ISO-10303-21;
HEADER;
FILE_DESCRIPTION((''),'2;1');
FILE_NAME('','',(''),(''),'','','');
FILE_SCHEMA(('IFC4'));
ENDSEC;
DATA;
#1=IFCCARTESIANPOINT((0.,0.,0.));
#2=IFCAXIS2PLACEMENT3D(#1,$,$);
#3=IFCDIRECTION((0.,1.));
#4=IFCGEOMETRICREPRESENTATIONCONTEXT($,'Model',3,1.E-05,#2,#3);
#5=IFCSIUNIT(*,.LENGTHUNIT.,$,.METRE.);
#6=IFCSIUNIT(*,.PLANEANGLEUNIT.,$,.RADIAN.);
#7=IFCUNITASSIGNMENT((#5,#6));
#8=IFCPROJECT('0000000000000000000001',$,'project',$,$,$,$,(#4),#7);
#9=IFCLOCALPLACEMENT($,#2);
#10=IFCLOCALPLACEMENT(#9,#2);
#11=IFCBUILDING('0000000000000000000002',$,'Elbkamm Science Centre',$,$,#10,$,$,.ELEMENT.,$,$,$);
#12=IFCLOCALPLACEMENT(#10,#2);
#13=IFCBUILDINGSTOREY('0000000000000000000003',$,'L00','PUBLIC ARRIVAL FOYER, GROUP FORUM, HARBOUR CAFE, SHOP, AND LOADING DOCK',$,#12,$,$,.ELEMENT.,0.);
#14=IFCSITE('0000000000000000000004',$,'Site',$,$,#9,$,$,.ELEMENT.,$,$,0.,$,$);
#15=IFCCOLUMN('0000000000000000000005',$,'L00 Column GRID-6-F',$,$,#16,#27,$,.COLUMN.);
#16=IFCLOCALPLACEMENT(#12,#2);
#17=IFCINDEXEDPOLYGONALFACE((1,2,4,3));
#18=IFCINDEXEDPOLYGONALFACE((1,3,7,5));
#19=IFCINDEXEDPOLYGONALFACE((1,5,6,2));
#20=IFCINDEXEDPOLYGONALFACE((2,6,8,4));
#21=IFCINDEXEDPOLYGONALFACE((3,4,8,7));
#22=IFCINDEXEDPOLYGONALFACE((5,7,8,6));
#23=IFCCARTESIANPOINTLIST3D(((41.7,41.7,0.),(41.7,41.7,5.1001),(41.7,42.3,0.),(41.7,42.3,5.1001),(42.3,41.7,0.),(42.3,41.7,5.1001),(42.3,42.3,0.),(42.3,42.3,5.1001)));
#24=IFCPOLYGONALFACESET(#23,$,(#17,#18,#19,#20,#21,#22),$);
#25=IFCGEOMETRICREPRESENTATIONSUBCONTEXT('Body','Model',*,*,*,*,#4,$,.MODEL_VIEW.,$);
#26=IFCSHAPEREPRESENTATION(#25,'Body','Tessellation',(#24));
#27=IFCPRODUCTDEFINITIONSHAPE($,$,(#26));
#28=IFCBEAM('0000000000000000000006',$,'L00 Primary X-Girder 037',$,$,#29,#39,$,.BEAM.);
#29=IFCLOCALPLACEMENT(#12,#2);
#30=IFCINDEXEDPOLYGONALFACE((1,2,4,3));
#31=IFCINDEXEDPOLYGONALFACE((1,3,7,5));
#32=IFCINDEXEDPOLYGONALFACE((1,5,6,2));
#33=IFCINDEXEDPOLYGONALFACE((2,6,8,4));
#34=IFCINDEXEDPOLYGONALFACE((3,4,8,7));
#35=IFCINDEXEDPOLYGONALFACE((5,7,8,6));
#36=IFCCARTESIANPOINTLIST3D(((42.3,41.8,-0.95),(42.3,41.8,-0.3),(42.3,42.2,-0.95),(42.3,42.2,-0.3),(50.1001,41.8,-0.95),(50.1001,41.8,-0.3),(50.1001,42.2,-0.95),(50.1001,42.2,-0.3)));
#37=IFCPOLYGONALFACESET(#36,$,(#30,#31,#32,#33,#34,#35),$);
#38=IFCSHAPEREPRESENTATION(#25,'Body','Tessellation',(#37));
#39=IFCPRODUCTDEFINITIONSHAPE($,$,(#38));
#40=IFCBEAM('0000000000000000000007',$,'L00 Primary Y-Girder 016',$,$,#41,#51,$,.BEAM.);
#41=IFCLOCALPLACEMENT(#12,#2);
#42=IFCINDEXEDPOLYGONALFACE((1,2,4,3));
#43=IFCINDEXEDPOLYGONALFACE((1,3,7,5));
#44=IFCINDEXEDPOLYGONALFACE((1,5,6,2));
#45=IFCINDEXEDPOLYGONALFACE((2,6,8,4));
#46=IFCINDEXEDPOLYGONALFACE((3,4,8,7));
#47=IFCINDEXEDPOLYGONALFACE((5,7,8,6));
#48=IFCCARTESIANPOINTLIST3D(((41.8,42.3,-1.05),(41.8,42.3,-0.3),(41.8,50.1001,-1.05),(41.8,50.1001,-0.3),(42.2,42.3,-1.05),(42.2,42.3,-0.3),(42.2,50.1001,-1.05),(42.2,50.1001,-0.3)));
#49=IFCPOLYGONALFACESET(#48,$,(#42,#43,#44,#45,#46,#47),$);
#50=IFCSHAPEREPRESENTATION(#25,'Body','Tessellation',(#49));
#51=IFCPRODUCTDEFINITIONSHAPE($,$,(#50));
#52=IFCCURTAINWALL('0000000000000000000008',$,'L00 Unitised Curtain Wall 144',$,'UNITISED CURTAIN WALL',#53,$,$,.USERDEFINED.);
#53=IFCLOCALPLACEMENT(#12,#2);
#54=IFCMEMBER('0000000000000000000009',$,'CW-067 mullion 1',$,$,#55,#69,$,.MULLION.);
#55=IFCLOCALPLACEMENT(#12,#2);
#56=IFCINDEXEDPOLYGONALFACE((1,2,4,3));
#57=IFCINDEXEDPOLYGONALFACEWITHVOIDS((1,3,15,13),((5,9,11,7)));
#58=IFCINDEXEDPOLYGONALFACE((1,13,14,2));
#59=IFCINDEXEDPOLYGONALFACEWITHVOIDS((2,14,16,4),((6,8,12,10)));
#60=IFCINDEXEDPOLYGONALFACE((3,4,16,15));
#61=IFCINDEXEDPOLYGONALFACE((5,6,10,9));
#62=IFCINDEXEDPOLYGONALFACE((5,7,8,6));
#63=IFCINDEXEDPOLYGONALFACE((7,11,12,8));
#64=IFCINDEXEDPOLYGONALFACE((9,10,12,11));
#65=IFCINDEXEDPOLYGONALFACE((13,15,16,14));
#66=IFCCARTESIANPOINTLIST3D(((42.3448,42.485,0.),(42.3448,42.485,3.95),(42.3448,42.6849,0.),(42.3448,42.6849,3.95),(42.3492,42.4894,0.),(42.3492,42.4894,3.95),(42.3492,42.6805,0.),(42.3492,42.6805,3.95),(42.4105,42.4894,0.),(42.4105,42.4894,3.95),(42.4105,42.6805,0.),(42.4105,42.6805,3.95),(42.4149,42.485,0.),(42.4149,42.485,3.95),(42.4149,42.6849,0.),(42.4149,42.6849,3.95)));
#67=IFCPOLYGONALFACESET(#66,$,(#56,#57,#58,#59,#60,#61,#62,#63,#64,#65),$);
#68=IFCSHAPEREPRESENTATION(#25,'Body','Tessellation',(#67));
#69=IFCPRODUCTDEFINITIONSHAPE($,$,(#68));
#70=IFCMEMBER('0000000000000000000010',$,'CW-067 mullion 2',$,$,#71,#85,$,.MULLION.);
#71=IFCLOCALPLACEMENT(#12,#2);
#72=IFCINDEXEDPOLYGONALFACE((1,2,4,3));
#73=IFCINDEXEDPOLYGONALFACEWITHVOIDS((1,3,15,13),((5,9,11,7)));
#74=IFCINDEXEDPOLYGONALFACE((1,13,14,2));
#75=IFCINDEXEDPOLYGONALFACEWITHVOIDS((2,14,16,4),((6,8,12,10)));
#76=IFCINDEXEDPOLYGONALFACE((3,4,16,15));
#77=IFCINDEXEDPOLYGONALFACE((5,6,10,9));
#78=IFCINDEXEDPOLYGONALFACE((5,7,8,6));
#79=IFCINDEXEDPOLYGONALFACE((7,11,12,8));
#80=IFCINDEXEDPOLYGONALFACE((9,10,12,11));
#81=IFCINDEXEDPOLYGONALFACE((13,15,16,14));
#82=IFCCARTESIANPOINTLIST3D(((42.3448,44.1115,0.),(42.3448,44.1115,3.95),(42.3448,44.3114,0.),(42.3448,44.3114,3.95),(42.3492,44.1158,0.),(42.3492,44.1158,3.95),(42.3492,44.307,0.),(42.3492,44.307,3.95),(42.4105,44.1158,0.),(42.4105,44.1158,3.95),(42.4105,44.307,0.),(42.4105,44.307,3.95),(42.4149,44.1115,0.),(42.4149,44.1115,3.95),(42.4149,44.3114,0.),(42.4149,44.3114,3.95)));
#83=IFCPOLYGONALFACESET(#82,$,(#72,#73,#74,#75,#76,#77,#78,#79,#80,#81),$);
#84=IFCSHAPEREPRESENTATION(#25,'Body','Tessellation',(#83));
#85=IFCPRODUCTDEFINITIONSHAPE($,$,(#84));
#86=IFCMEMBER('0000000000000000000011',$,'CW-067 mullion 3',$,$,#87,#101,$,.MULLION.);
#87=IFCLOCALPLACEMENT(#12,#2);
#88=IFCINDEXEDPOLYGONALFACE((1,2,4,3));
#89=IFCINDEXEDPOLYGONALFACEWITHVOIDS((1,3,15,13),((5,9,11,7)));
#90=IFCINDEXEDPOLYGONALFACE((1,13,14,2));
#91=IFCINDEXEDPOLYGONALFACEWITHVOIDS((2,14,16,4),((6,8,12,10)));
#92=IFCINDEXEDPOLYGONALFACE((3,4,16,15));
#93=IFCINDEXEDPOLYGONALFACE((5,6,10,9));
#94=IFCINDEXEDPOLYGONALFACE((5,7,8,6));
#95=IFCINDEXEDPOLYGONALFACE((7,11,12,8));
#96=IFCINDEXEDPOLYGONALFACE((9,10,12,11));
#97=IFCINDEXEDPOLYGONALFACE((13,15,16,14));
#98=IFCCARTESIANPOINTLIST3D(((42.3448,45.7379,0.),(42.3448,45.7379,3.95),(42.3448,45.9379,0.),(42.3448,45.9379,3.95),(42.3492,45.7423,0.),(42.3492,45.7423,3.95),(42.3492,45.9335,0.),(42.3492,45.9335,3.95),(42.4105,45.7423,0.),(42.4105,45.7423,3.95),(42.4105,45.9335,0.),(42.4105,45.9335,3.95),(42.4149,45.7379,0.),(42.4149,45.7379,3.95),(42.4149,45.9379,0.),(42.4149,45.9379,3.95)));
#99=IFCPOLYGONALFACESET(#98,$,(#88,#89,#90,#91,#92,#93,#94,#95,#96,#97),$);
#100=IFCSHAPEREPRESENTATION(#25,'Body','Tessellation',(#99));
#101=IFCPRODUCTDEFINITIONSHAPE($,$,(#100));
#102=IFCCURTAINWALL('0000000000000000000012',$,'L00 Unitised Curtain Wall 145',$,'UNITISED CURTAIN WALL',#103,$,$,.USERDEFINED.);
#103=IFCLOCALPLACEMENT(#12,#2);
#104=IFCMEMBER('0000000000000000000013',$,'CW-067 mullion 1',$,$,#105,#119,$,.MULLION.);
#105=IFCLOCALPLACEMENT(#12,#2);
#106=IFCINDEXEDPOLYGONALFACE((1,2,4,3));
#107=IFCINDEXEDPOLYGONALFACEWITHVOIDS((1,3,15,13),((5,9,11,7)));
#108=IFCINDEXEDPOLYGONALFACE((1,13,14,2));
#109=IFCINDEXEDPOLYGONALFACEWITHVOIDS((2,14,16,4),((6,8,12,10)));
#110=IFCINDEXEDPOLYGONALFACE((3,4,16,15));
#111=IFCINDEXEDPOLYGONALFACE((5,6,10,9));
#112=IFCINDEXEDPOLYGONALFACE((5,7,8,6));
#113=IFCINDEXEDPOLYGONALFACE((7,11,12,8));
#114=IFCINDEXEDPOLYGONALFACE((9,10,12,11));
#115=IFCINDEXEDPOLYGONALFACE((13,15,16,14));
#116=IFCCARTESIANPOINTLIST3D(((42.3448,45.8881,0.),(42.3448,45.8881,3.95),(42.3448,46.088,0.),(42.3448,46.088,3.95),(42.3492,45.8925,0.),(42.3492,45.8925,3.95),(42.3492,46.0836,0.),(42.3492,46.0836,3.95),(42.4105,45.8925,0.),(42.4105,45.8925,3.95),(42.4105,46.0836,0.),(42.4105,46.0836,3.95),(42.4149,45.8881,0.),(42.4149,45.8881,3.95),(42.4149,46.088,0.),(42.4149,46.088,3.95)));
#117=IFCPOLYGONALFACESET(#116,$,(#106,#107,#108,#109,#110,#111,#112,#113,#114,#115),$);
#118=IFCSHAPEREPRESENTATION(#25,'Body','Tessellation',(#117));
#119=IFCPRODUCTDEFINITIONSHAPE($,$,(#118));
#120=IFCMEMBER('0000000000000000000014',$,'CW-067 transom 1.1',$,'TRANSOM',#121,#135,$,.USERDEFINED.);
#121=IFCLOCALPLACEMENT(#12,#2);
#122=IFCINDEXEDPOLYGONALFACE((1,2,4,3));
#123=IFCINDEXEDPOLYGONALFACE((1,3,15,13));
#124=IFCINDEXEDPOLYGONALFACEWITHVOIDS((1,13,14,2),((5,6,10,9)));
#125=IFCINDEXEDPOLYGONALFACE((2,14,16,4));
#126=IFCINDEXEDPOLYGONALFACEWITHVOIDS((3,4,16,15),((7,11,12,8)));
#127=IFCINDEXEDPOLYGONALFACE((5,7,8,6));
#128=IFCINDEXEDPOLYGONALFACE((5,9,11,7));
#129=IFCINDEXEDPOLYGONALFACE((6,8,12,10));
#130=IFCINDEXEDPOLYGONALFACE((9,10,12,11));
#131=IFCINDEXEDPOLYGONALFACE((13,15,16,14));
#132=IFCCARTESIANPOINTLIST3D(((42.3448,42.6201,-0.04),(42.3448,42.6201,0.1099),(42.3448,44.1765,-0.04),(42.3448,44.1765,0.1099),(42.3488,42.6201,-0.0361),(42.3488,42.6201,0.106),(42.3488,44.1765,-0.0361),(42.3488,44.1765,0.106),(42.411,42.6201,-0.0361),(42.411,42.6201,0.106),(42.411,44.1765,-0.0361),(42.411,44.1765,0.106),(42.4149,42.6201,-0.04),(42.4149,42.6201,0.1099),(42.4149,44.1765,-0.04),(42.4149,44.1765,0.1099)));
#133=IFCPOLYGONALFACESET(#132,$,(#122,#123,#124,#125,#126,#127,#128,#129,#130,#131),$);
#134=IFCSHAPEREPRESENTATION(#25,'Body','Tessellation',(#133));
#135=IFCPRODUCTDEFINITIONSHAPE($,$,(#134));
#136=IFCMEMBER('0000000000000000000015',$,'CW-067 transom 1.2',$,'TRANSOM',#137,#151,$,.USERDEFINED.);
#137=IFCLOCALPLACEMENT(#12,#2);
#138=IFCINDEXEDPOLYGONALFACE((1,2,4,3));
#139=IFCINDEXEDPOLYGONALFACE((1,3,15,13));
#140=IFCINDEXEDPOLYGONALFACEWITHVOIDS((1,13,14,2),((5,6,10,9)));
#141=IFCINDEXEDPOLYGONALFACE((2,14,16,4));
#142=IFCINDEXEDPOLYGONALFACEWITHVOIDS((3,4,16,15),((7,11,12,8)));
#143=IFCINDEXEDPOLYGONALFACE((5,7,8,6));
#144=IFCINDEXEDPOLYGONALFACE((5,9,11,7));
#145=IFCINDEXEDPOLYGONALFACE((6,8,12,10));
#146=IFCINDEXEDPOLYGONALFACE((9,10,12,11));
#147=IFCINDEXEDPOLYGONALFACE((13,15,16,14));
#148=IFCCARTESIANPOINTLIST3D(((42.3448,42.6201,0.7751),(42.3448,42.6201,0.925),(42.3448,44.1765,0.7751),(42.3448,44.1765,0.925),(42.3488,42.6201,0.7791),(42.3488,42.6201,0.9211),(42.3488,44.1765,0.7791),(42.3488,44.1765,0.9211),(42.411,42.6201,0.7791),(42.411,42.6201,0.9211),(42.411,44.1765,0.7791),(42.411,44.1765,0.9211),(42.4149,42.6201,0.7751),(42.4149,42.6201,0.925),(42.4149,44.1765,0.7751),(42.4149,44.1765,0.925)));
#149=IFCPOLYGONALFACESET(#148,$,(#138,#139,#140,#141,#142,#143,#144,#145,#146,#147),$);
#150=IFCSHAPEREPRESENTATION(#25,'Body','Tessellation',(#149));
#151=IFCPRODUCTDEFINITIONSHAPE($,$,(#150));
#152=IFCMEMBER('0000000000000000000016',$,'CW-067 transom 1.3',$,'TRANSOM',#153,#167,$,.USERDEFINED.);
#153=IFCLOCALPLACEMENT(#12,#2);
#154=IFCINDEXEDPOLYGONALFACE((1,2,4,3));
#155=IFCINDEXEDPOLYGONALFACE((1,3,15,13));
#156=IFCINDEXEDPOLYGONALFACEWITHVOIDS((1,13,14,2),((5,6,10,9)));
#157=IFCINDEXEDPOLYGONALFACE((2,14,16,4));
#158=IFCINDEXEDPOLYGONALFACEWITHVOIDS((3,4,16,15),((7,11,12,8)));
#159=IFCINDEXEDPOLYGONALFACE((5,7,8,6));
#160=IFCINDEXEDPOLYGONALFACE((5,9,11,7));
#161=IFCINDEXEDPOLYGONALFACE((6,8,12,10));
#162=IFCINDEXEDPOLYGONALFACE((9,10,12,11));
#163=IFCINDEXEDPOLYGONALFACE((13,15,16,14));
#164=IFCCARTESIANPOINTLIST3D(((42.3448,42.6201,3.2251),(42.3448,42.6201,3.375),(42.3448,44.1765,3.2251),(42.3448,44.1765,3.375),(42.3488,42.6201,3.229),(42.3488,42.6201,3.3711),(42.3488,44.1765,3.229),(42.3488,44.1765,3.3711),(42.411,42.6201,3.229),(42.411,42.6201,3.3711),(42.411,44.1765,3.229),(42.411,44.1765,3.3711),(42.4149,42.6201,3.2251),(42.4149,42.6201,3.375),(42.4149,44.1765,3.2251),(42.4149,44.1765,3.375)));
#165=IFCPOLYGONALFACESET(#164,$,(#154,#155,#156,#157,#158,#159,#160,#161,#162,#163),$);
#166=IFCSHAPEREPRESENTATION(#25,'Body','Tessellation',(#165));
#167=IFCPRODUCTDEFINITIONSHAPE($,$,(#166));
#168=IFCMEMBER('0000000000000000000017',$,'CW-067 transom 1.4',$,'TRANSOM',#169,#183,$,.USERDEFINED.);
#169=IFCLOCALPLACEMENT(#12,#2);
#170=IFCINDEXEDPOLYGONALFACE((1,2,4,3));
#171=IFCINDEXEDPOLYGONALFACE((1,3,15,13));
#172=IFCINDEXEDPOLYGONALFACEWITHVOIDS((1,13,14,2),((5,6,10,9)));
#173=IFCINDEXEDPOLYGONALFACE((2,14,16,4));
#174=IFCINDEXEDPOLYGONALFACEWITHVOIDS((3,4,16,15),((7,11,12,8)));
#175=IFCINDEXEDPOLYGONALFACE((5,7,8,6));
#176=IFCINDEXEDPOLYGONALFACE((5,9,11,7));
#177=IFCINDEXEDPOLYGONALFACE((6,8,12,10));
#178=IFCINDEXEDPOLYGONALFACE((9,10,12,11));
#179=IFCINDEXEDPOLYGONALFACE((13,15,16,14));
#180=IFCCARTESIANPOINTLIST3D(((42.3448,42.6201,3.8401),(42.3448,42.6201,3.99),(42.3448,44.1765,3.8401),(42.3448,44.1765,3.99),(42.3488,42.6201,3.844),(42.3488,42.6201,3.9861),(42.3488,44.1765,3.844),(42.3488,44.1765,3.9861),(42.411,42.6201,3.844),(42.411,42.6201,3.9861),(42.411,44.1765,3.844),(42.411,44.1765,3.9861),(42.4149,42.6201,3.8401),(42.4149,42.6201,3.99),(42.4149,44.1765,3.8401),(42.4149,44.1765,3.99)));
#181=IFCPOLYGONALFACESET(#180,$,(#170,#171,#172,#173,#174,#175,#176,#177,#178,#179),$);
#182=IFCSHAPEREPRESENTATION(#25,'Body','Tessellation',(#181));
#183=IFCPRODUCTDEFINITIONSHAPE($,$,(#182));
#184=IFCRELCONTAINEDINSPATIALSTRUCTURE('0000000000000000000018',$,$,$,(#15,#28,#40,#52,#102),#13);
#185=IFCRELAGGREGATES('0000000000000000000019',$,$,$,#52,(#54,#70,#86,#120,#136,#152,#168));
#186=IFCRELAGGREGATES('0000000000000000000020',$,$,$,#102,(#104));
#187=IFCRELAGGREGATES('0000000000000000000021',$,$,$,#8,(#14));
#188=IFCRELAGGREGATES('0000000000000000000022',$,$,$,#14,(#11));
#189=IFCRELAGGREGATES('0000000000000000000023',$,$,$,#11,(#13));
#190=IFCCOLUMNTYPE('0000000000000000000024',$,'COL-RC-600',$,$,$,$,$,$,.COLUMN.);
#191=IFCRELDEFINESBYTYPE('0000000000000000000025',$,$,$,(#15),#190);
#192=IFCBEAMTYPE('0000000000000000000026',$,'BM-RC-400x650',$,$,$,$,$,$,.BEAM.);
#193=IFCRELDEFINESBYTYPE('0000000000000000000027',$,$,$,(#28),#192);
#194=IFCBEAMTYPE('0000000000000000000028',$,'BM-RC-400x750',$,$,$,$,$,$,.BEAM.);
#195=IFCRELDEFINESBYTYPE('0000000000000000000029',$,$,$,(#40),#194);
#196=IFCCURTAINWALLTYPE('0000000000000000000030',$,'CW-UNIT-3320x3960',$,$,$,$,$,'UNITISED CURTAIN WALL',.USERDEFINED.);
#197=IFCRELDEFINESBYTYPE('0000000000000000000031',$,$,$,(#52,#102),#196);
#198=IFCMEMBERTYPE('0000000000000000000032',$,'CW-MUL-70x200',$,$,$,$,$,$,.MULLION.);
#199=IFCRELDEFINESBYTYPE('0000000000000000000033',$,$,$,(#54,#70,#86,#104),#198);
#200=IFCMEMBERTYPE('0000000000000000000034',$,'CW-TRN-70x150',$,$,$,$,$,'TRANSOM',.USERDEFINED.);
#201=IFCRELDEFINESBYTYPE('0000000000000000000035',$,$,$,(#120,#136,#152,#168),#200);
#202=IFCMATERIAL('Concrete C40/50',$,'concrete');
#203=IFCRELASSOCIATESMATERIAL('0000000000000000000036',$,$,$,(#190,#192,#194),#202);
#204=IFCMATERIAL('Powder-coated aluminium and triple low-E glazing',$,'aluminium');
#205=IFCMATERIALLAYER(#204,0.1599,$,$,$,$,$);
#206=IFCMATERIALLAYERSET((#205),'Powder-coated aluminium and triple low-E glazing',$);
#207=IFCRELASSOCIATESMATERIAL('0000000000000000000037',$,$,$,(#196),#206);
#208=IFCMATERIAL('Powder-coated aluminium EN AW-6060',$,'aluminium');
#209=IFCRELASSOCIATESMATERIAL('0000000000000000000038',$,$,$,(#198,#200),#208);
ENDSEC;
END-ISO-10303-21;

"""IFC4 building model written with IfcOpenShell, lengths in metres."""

from ifc_helpers import new_model, si_unit, direction, frame, origin, origin_2d, place, context, subcontext, project, spatial, rectangle, hollow_rectangle, extrude, material, layer, layer_set, material_profile, profile_set, type_object, element, aggregate, save


model = new_model("IFC4")

# Units and contexts
model_context = context("Model", 3, precision=1e-05, world=origin(), true_north=direction((0.0, 1.0)))
body_context = subcontext(model_context, "Body", "Model", "MODEL_VIEW")
ifc_project = project(units=[si_unit("LENGTHUNIT", "METRE"), si_unit("PLANEANGLEUNIT", "RADIAN")], contexts=[model_context])

# Site, building, storey
site_placement = place(None, origin())
site = spatial("IfcSite", under=ifc_project, at=site_placement, Name="Site", CompositionType="ELEMENT", RefElevation=0.0)
building_placement = place(site_placement, origin())
building = spatial("IfcBuilding", under=site, at=building_placement, Name="Elbkamm Science Centre", CompositionType="ELEMENT")
storey_placement = place(building_placement, origin())
storey = spatial("IfcBuildingStorey", under=building, at=storey_placement, Name="L00", Description="PUBLIC ARRIVAL FOYER, GROUP FORUM, HARBOUR CAFE, SHOP, AND LOADING DOCK", CompositionType="ELEMENT", Elevation=0.0)

# Column
ifc_material_1 = material(Name="Concrete C40/50", Category="concrete")
ifc_material_profile_1 = material_profile(ifc_material_1, rectangle(XDim=0.6001, YDim=0.6001, at=origin_2d()), Name="RC 600x600")
ifc_profile_set_1 = profile_set([ifc_material_profile_1], Name="Concrete C40/50")
column_type = type_object("IfcColumnType", Name="COL-RC-600", PredefinedType="COLUMN", material=ifc_profile_set_1)
column_placement = place(storey_placement, frame((42.0, 42.0, 0.0), z_axis=(0.0, 0.0, 1.0), x_axis=(1.0, 0.0, 0.0)))
element("IfcColumn", 1, at=column_placement, inside=storey, type_object=column_type, Name="L00 Column GRID-6-F", PredefinedType="COLUMN", context=body_context, shape_type="SweptSolid", body=[
    extrude(rectangle(XDim=0.6001, YDim=0.6001, at=origin_2d()), origin(), (0.0, 0.0, 1.0), 5.1001),
])

# Beams
ifc_material_profile_2 = material_profile(ifc_material_1, rectangle(XDim=0.3999, YDim=0.6499, at=origin_2d()), Name="RC 400x650")
ifc_profile_set_2 = profile_set([ifc_material_profile_2], Name="Concrete C40/50")
beam_type_1 = type_object("IfcBeamType", Name="BM-RC-400x650", PredefinedType="BEAM", material=ifc_profile_set_2)
beam_1_placement = place(storey_placement, frame((42.3, 42.0, -0.625), z_axis=(1.0, 0.0, 0.0), x_axis=(0.0, 1.0, 0.0)))
element("IfcBeam", 2, at=beam_1_placement, inside=storey, type_object=beam_type_1, Name="L00 Primary X-Girder 037", PredefinedType="BEAM", context=body_context, shape_type="SweptSolid", body=[
    extrude(rectangle(XDim=0.3999, YDim=0.6499, at=origin_2d()), origin(), (0.0, 0.0, 1.0), 7.8),
])
ifc_material_profile_3 = material_profile(ifc_material_1, rectangle(XDim=0.3999, YDim=0.75, at=origin_2d()), Name="RC 400x750")
ifc_profile_set_3 = profile_set([ifc_material_profile_3], Name="Concrete C40/50")
beam_type_2 = type_object("IfcBeamType", Name="BM-RC-400x750", PredefinedType="BEAM", material=ifc_profile_set_3)
beam_2_placement = place(storey_placement, frame((42.0, 42.3, -0.675), z_axis=(0.0, 1.0, 0.0), x_axis=(-1.0, 0.0, 0.0)))
element("IfcBeam", 3, at=beam_2_placement, inside=storey, type_object=beam_type_2, Name="L00 Primary Y-Girder 016", PredefinedType="BEAM", context=body_context, shape_type="SweptSolid", body=[
    extrude(rectangle(XDim=0.3999, YDim=0.75, at=origin_2d()), origin(), (0.0, 0.0, 1.0), 7.8),
])

# Curtain wall, members
ifc_material_2 = material(Name="Powder-coated aluminium and triple low-E glazing", Category="aluminium")
ifc_layer_1 = layer(ifc_material_2, 0.1599)
ifc_layer_set_1 = layer_set([ifc_layer_1], Name="Powder-coated aluminium and triple low-E glazing")
curtain_wall_type = type_object("IfcCurtainWallType", Name="CW-UNIT-3320x3960", ElementType="UNITISED CURTAIN WALL", PredefinedType="USERDEFINED", material=ifc_layer_set_1)
curtain_wall_1_placement = place(storey_placement, origin())
curtain_wall_1 = element("IfcCurtainWall", 4, at=curtain_wall_1_placement, inside=storey, type_object=curtain_wall_type, Name="L00 Unitised Curtain Wall 144", ObjectType="UNITISED CURTAIN WALL", PredefinedType="USERDEFINED")
ifc_material_3 = material(Name="Powder-coated aluminium EN AW-6060", Category="aluminium")
ifc_material_profile_4 = material_profile(ifc_material_3, hollow_rectangle(XDim=0.0701, YDim=0.2, WallThickness=0.0044, at=origin_2d()), Name="ALU M70x200")
ifc_profile_set_4 = profile_set([ifc_material_profile_4], Name="Powder-coated aluminium EN AW-6060")
member_type_1 = type_object("IfcMemberType", Name="CW-MUL-70x200", PredefinedType="MULLION", material=ifc_profile_set_4)
member_1_placement = place(storey_placement, frame((42.3799, 42.585, 0.0), z_axis=(0.0, 0.0, 1.0), x_axis=(-1.0, 0.0, 0.0)))
member_1 = element("IfcMember", 5, at=member_1_placement, type_object=member_type_1, Name="CW-067 mullion 1", PredefinedType="MULLION", context=body_context, shape_type="SweptSolid", body=[
    extrude(hollow_rectangle(XDim=0.0701, YDim=0.2, WallThickness=0.0044, at=origin_2d()), origin(), (0.0, 0.0, 1.0), 3.95),
])
member_2_placement = place(storey_placement, frame((42.3799, 44.2114, 0.0), z_axis=(0.0, 0.0, 1.0), x_axis=(-1.0, 0.0, 0.0)))
member_2 = element("IfcMember", 6, at=member_2_placement, type_object=member_type_1, Name="CW-067 mullion 2", PredefinedType="MULLION", context=body_context, shape_type="SweptSolid", body=[
    extrude(hollow_rectangle(XDim=0.0701, YDim=0.2, WallThickness=0.0044, at=origin_2d()), origin(), (0.0, 0.0, 1.0), 3.95),
])
member_3_placement = place(storey_placement, frame((42.3799, 45.8379, 0.0), z_axis=(0.0, 0.0, 1.0), x_axis=(-1.0, 0.0, 0.0)))
member_3 = element("IfcMember", 7, at=member_3_placement, type_object=member_type_1, Name="CW-067 mullion 3", PredefinedType="MULLION", context=body_context, shape_type="SweptSolid", body=[
    extrude(hollow_rectangle(XDim=0.0701, YDim=0.2, WallThickness=0.0044, at=origin_2d()), origin(), (0.0, 0.0, 1.0), 3.95),
])

# Curtain wall, member
curtain_wall_2_placement = place(storey_placement, origin())
curtain_wall_2 = element("IfcCurtainWall", 8, at=curtain_wall_2_placement, inside=storey, type_object=curtain_wall_type, Name="L00 Unitised Curtain Wall 145", ObjectType="UNITISED CURTAIN WALL", PredefinedType="USERDEFINED")
member_4_placement = place(storey_placement, frame((42.3799, 45.988, 0.0), z_axis=(0.0, 0.0, 1.0), x_axis=(-1.0, 0.0, 0.0)))
member_4 = element("IfcMember", 9, at=member_4_placement, type_object=member_type_1, Name="CW-067 mullion 1", PredefinedType="MULLION", context=body_context, shape_type="SweptSolid", body=[
    extrude(hollow_rectangle(XDim=0.0701, YDim=0.2, WallThickness=0.0044, at=origin_2d()), origin(), (0.0, 0.0, 1.0), 3.95),
])

# Members
ifc_material_profile_5 = material_profile(ifc_material_3, hollow_rectangle(XDim=0.0701, YDim=0.1499, WallThickness=0.0039, at=origin_2d()), Name="ALU T70x150")
ifc_profile_set_5 = profile_set([ifc_material_profile_5], Name="Powder-coated aluminium EN AW-6060")
member_type_2 = type_object("IfcMemberType", Name="CW-TRN-70x150", ElementType="TRANSOM", PredefinedType="USERDEFINED", material=ifc_profile_set_5)
member_5_placement = place(storey_placement, frame((42.3799, 42.6201, 0.0349), z_axis=(0.0, 1.0, 0.0), x_axis=(-1.0, 0.0, 0.0)))
member_5 = element("IfcMember", 10, at=member_5_placement, type_object=member_type_2, Name="CW-067 transom 1.1", ObjectType="TRANSOM", PredefinedType="USERDEFINED", context=body_context, shape_type="SweptSolid", body=[
    extrude(hollow_rectangle(XDim=0.0701, YDim=0.1499, WallThickness=0.0039, at=origin_2d()), origin(), (0.0, 0.0, 1.0), 1.5564),
])
member_6_placement = place(storey_placement, frame((42.3799, 42.6201, 0.8501), z_axis=(0.0, 1.0, 0.0), x_axis=(-1.0, 0.0, 0.0)))
member_6 = element("IfcMember", 11, at=member_6_placement, type_object=member_type_2, Name="CW-067 transom 1.2", ObjectType="TRANSOM", PredefinedType="USERDEFINED", context=body_context, shape_type="SweptSolid", body=[
    extrude(hollow_rectangle(XDim=0.0701, YDim=0.1499, WallThickness=0.0039, at=origin_2d()), origin(), (0.0, 0.0, 1.0), 1.5564),
])
member_7_placement = place(storey_placement, frame((42.3799, 42.6201, 3.3), z_axis=(0.0, 1.0, 0.0), x_axis=(-1.0, 0.0, 0.0)))
member_7 = element("IfcMember", 12, at=member_7_placement, type_object=member_type_2, Name="CW-067 transom 1.3", ObjectType="TRANSOM", PredefinedType="USERDEFINED", context=body_context, shape_type="SweptSolid", body=[
    extrude(hollow_rectangle(XDim=0.0701, YDim=0.1499, WallThickness=0.0039, at=origin_2d()), origin(), (0.0, 0.0, 1.0), 1.5564),
])
member_8_placement = place(storey_placement, frame((42.3799, 42.6201, 3.915), z_axis=(0.0, 1.0, 0.0), x_axis=(-1.0, 0.0, 0.0)))
member_8 = element("IfcMember", 13, at=member_8_placement, type_object=member_type_2, Name="CW-067 transom 1.4", ObjectType="TRANSOM", PredefinedType="USERDEFINED", context=body_context, shape_type="SweptSolid", body=[
    extrude(hollow_rectangle(XDim=0.0701, YDim=0.1499, WallThickness=0.0039, at=origin_2d()), origin(), (0.0, 0.0, 1.0), 1.5564),
])

aggregate(curtain_wall_1, [member_1, member_2, member_3, member_5, member_6, member_7, member_8])
aggregate(curtain_wall_2, [member_4])

save(model, "model.ifc")
